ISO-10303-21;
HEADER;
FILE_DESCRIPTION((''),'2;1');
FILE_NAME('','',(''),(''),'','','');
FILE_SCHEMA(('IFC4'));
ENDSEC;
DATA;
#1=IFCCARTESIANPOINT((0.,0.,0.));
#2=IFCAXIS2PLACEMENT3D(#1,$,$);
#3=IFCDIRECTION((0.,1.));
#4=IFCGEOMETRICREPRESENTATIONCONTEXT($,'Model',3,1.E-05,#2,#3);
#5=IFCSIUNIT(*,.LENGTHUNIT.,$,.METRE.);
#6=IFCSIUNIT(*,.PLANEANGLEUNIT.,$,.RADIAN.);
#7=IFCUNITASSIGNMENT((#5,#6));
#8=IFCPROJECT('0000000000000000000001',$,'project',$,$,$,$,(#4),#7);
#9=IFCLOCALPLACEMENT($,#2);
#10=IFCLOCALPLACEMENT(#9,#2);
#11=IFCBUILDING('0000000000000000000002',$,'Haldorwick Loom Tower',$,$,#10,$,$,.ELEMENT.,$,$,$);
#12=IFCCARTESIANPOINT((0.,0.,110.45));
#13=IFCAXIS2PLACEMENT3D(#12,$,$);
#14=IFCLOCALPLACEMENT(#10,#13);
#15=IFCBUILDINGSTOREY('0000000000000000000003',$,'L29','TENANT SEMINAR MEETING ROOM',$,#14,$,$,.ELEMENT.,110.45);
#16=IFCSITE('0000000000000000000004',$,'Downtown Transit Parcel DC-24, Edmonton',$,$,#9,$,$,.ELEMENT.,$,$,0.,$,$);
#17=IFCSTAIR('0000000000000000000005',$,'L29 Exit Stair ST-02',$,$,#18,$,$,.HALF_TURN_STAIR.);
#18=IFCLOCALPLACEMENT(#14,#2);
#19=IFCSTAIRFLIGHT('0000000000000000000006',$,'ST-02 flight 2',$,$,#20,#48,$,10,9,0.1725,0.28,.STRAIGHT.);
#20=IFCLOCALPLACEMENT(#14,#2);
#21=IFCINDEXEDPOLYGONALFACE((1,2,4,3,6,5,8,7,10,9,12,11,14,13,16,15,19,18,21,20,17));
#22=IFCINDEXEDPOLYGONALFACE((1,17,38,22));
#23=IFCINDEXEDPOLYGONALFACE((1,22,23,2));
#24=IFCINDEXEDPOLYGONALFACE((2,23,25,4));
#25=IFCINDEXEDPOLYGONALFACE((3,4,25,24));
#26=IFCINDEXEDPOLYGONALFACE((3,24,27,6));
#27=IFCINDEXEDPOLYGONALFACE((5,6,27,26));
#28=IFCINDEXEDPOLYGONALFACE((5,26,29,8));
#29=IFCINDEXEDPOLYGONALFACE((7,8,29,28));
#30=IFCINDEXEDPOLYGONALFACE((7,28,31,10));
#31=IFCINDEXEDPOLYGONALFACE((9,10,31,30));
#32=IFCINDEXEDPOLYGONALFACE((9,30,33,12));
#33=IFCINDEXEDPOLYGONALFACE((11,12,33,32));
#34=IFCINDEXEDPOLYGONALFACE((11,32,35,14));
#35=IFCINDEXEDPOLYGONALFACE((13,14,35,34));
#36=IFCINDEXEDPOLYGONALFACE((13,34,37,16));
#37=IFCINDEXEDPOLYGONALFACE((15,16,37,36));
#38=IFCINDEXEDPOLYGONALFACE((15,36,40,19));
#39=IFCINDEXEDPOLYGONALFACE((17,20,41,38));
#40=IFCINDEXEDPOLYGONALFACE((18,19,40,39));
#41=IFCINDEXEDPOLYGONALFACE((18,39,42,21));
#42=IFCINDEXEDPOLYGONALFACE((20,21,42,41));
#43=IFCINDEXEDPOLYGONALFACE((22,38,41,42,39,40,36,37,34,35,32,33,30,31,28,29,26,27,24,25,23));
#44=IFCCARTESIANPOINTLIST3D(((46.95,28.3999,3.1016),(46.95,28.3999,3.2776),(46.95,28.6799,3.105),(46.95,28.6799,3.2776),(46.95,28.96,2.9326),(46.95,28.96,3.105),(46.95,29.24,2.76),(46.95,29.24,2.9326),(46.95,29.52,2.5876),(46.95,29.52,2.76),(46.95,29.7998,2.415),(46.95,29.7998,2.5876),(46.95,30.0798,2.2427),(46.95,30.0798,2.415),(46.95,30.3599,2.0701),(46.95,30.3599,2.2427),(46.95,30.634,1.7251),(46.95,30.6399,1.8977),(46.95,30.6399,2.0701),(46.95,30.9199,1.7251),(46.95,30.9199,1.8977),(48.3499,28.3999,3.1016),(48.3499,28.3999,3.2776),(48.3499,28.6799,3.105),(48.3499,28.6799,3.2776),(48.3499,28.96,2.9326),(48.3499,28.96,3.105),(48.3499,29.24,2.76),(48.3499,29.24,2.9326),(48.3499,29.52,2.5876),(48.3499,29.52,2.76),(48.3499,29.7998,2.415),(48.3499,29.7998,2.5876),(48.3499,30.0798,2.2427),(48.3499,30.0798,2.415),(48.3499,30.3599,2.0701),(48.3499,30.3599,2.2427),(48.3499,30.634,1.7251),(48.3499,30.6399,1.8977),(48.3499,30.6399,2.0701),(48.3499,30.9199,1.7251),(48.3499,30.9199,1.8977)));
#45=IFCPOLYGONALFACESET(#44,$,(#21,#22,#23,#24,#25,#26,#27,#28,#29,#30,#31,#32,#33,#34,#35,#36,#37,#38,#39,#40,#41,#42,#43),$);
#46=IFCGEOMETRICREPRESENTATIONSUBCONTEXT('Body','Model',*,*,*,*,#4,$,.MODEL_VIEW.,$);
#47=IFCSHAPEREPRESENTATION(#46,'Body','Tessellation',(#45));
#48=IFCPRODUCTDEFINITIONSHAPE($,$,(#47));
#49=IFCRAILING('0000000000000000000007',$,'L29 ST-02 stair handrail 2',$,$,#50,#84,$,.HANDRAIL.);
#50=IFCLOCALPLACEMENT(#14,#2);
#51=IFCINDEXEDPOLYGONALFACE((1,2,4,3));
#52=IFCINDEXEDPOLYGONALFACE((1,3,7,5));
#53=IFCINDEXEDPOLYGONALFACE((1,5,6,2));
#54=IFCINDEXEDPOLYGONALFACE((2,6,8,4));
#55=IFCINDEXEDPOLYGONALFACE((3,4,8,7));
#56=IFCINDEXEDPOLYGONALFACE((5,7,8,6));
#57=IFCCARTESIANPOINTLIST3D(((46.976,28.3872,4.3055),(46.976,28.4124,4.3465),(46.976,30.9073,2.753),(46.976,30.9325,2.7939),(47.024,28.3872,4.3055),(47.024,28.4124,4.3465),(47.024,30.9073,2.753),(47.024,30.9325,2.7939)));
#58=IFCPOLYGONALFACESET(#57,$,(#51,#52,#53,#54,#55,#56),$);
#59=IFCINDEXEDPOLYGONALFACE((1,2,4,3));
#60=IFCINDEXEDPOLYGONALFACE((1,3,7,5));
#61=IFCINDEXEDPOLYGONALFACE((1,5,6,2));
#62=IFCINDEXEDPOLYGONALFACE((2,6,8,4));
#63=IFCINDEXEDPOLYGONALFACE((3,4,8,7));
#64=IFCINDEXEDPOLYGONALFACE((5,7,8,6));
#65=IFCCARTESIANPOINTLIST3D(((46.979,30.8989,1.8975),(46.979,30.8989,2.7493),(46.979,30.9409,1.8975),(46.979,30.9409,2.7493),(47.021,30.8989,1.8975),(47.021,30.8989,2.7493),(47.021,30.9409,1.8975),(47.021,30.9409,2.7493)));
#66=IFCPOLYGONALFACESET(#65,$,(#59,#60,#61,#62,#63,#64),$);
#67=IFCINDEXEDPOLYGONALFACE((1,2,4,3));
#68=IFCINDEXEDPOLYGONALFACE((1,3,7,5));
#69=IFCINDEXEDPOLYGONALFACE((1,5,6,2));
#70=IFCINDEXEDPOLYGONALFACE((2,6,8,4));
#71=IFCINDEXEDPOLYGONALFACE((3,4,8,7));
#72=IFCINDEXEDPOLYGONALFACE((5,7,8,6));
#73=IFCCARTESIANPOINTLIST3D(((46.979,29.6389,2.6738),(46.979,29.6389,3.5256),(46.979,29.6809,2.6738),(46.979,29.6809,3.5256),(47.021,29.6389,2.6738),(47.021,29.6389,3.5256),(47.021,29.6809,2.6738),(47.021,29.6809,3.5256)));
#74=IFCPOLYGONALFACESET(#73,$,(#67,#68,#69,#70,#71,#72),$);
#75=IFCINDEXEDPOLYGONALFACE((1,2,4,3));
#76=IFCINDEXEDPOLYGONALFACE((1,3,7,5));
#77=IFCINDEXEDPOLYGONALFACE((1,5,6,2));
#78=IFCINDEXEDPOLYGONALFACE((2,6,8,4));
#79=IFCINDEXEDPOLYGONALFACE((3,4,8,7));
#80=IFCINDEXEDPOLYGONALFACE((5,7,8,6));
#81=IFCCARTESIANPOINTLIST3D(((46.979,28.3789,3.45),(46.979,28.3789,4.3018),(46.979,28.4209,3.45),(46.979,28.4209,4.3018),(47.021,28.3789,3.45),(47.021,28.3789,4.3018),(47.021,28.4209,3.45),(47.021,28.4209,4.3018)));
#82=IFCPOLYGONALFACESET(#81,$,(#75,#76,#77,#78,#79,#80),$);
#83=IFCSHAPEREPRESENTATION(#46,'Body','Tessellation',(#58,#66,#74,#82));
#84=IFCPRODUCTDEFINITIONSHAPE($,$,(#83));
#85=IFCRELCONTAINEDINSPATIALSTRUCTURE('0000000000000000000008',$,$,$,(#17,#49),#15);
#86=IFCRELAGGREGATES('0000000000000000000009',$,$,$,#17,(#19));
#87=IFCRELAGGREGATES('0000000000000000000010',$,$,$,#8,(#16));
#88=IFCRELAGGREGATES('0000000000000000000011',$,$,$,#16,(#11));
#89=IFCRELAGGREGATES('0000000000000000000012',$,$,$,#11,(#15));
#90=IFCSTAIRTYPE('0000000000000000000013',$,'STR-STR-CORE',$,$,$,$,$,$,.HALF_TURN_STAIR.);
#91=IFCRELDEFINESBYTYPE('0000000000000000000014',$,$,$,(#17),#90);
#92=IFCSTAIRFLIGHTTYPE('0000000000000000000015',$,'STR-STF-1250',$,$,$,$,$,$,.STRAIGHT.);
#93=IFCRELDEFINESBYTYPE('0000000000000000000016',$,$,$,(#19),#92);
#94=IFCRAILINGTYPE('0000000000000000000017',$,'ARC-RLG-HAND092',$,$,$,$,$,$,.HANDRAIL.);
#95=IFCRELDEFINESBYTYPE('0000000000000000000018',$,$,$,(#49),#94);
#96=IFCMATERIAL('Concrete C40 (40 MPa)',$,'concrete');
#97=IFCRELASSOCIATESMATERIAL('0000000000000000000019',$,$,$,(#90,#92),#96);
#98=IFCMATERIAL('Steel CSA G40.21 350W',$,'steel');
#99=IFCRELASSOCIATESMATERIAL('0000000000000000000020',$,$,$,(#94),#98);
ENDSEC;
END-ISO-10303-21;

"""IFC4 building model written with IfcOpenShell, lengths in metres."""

from ifc_helpers import new_model, si_unit, direction, frame, origin, origin_2d, place, context, subcontext, project, spatial, polyline, rectangle, outline, extrude, material, type_object, element, aggregate, save


model = new_model("IFC4")

# Units and contexts
model_context = context("Model", 3, precision=1e-05, world=origin(), true_north=direction((0.0, 1.0)))
body_context = subcontext(model_context, "Body", "Model", "MODEL_VIEW")
ifc_project = project(units=[si_unit("LENGTHUNIT", "METRE"), si_unit("PLANEANGLEUNIT", "RADIAN")], contexts=[model_context])

# Site, building, storey
site_placement = place(None, origin())
site = spatial("IfcSite", under=ifc_project, at=site_placement, Name="Downtown Transit Parcel DC-24, Edmonton", CompositionType="ELEMENT", RefElevation=0.0)
building_placement = place(site_placement, origin())
building = spatial("IfcBuilding", under=site, at=building_placement, Name="Haldorwick Loom Tower", CompositionType="ELEMENT")
storey_placement = place(building_placement, frame((0.0, 0.0, 110.45)))
storey = spatial("IfcBuildingStorey", under=building, at=storey_placement, Name="L29", Description="TENANT SEMINAR MEETING ROOM", CompositionType="ELEMENT", Elevation=110.45)

# Shared definitions
ifc_material_1 = material(Name="Steel CSA G40.21 350W", Category="steel")

# Stair, stair flight
ifc_material_2 = material(Name="Concrete C40 (40 MPa)", Category="concrete")
stair_type = type_object("IfcStairType", Name="STR-STR-CORE", PredefinedType="HALF_TURN_STAIR", material=ifc_material_2)
stair_placement = place(storey_placement, origin())
stair = element("IfcStair", 1, at=stair_placement, inside=storey, type_object=stair_type, Name="L29 Exit Stair ST-02", PredefinedType="HALF_TURN_STAIR")
stair_flight_type = type_object("IfcStairFlightType", Name="STR-STF-1250", PredefinedType="STRAIGHT", material=ifc_material_2)
stair_flight_placement = place(storey_placement, frame((47.6499, 30.9199, 1.7251), z_axis=(0.0, 0.0, 1.0), x_axis=(0.0, -1.0, 0.0)))
stair_flight = element("IfcStairFlight", 2, at=stair_flight_placement, type_object=stair_flight_type, Name="ST-02 flight 2", NumberOfRisers=10, NumberOfTreads=9, PredefinedType="STRAIGHT", RiserHeight=0.1725, TreadLength=0.28, context=body_context, shape_type="SweptSolid", body=[
    extrude(outline(polyline([(0.0, 0.0), (0.0, 0.1726), (0.28, 0.1726), (0.28, 0.345), (0.5601, 0.345), (0.5601, 0.5176), (0.8401, 0.5176), (0.8401, 0.6899), (1.1201, 0.6899), (1.1201, 0.8625), (1.3999, 0.8625), (1.3999, 1.0349), (1.6799, 1.0349), (1.6799, 1.2075), (1.96, 1.2075), (1.96, 1.3799), (2.24, 1.3799), (2.24, 1.5525), (2.52, 1.5525), (2.52, 1.7251), (2.52, 1.3765), (0.2859, 0.0), (0.0, 0.0)])), frame((0.0, 0.7, 0.0), z_axis=(0.0, -1.0, 0.0), x_axis=(1.0, 0.0, 0.0)), (0.0, 0.0, 1.0), 1.3999),
])
aggregate(stair, [stair_flight])

# Railing
railing_type = type_object("IfcRailingType", Name="ARC-RLG-HAND092", PredefinedType="HANDRAIL", material=ifc_material_1)
railing_placement = place(storey_placement, frame((47.0, 30.9199, 1.8975)))
element("IfcRailing", 3, at=railing_placement, inside=storey, type_object=railing_type, Name="L29 ST-02 stair handrail 2", PredefinedType="HANDRAIL", context=body_context, shape_type="SweptSolid", body=[
    extrude(rectangle(XDim=0.0481, YDim=0.0481, at=origin_2d()), frame((0.0, 0.0, 0.876), z_axis=(0.0, -0.8514, 0.524516), x_axis=(1.0, 0.0, 0.0)), (0.0, 0.0, 1.0), 2.96),
    extrude(rectangle(XDim=0.042, YDim=0.042, at=origin_2d()), origin(), (0.0, 0.0, 1.0), 0.8518),
    extrude(rectangle(XDim=0.042, YDim=0.042, at=origin_2d()), frame((0.0, -1.26, 0.7764)), (0.0, 0.0, 1.0), 0.8518),
    extrude(rectangle(XDim=0.042, YDim=0.042, at=origin_2d()), frame((0.0, -2.52, 1.5525)), (0.0, 0.0, 1.0), 0.8518),
])

save(model, "model.ifc")
